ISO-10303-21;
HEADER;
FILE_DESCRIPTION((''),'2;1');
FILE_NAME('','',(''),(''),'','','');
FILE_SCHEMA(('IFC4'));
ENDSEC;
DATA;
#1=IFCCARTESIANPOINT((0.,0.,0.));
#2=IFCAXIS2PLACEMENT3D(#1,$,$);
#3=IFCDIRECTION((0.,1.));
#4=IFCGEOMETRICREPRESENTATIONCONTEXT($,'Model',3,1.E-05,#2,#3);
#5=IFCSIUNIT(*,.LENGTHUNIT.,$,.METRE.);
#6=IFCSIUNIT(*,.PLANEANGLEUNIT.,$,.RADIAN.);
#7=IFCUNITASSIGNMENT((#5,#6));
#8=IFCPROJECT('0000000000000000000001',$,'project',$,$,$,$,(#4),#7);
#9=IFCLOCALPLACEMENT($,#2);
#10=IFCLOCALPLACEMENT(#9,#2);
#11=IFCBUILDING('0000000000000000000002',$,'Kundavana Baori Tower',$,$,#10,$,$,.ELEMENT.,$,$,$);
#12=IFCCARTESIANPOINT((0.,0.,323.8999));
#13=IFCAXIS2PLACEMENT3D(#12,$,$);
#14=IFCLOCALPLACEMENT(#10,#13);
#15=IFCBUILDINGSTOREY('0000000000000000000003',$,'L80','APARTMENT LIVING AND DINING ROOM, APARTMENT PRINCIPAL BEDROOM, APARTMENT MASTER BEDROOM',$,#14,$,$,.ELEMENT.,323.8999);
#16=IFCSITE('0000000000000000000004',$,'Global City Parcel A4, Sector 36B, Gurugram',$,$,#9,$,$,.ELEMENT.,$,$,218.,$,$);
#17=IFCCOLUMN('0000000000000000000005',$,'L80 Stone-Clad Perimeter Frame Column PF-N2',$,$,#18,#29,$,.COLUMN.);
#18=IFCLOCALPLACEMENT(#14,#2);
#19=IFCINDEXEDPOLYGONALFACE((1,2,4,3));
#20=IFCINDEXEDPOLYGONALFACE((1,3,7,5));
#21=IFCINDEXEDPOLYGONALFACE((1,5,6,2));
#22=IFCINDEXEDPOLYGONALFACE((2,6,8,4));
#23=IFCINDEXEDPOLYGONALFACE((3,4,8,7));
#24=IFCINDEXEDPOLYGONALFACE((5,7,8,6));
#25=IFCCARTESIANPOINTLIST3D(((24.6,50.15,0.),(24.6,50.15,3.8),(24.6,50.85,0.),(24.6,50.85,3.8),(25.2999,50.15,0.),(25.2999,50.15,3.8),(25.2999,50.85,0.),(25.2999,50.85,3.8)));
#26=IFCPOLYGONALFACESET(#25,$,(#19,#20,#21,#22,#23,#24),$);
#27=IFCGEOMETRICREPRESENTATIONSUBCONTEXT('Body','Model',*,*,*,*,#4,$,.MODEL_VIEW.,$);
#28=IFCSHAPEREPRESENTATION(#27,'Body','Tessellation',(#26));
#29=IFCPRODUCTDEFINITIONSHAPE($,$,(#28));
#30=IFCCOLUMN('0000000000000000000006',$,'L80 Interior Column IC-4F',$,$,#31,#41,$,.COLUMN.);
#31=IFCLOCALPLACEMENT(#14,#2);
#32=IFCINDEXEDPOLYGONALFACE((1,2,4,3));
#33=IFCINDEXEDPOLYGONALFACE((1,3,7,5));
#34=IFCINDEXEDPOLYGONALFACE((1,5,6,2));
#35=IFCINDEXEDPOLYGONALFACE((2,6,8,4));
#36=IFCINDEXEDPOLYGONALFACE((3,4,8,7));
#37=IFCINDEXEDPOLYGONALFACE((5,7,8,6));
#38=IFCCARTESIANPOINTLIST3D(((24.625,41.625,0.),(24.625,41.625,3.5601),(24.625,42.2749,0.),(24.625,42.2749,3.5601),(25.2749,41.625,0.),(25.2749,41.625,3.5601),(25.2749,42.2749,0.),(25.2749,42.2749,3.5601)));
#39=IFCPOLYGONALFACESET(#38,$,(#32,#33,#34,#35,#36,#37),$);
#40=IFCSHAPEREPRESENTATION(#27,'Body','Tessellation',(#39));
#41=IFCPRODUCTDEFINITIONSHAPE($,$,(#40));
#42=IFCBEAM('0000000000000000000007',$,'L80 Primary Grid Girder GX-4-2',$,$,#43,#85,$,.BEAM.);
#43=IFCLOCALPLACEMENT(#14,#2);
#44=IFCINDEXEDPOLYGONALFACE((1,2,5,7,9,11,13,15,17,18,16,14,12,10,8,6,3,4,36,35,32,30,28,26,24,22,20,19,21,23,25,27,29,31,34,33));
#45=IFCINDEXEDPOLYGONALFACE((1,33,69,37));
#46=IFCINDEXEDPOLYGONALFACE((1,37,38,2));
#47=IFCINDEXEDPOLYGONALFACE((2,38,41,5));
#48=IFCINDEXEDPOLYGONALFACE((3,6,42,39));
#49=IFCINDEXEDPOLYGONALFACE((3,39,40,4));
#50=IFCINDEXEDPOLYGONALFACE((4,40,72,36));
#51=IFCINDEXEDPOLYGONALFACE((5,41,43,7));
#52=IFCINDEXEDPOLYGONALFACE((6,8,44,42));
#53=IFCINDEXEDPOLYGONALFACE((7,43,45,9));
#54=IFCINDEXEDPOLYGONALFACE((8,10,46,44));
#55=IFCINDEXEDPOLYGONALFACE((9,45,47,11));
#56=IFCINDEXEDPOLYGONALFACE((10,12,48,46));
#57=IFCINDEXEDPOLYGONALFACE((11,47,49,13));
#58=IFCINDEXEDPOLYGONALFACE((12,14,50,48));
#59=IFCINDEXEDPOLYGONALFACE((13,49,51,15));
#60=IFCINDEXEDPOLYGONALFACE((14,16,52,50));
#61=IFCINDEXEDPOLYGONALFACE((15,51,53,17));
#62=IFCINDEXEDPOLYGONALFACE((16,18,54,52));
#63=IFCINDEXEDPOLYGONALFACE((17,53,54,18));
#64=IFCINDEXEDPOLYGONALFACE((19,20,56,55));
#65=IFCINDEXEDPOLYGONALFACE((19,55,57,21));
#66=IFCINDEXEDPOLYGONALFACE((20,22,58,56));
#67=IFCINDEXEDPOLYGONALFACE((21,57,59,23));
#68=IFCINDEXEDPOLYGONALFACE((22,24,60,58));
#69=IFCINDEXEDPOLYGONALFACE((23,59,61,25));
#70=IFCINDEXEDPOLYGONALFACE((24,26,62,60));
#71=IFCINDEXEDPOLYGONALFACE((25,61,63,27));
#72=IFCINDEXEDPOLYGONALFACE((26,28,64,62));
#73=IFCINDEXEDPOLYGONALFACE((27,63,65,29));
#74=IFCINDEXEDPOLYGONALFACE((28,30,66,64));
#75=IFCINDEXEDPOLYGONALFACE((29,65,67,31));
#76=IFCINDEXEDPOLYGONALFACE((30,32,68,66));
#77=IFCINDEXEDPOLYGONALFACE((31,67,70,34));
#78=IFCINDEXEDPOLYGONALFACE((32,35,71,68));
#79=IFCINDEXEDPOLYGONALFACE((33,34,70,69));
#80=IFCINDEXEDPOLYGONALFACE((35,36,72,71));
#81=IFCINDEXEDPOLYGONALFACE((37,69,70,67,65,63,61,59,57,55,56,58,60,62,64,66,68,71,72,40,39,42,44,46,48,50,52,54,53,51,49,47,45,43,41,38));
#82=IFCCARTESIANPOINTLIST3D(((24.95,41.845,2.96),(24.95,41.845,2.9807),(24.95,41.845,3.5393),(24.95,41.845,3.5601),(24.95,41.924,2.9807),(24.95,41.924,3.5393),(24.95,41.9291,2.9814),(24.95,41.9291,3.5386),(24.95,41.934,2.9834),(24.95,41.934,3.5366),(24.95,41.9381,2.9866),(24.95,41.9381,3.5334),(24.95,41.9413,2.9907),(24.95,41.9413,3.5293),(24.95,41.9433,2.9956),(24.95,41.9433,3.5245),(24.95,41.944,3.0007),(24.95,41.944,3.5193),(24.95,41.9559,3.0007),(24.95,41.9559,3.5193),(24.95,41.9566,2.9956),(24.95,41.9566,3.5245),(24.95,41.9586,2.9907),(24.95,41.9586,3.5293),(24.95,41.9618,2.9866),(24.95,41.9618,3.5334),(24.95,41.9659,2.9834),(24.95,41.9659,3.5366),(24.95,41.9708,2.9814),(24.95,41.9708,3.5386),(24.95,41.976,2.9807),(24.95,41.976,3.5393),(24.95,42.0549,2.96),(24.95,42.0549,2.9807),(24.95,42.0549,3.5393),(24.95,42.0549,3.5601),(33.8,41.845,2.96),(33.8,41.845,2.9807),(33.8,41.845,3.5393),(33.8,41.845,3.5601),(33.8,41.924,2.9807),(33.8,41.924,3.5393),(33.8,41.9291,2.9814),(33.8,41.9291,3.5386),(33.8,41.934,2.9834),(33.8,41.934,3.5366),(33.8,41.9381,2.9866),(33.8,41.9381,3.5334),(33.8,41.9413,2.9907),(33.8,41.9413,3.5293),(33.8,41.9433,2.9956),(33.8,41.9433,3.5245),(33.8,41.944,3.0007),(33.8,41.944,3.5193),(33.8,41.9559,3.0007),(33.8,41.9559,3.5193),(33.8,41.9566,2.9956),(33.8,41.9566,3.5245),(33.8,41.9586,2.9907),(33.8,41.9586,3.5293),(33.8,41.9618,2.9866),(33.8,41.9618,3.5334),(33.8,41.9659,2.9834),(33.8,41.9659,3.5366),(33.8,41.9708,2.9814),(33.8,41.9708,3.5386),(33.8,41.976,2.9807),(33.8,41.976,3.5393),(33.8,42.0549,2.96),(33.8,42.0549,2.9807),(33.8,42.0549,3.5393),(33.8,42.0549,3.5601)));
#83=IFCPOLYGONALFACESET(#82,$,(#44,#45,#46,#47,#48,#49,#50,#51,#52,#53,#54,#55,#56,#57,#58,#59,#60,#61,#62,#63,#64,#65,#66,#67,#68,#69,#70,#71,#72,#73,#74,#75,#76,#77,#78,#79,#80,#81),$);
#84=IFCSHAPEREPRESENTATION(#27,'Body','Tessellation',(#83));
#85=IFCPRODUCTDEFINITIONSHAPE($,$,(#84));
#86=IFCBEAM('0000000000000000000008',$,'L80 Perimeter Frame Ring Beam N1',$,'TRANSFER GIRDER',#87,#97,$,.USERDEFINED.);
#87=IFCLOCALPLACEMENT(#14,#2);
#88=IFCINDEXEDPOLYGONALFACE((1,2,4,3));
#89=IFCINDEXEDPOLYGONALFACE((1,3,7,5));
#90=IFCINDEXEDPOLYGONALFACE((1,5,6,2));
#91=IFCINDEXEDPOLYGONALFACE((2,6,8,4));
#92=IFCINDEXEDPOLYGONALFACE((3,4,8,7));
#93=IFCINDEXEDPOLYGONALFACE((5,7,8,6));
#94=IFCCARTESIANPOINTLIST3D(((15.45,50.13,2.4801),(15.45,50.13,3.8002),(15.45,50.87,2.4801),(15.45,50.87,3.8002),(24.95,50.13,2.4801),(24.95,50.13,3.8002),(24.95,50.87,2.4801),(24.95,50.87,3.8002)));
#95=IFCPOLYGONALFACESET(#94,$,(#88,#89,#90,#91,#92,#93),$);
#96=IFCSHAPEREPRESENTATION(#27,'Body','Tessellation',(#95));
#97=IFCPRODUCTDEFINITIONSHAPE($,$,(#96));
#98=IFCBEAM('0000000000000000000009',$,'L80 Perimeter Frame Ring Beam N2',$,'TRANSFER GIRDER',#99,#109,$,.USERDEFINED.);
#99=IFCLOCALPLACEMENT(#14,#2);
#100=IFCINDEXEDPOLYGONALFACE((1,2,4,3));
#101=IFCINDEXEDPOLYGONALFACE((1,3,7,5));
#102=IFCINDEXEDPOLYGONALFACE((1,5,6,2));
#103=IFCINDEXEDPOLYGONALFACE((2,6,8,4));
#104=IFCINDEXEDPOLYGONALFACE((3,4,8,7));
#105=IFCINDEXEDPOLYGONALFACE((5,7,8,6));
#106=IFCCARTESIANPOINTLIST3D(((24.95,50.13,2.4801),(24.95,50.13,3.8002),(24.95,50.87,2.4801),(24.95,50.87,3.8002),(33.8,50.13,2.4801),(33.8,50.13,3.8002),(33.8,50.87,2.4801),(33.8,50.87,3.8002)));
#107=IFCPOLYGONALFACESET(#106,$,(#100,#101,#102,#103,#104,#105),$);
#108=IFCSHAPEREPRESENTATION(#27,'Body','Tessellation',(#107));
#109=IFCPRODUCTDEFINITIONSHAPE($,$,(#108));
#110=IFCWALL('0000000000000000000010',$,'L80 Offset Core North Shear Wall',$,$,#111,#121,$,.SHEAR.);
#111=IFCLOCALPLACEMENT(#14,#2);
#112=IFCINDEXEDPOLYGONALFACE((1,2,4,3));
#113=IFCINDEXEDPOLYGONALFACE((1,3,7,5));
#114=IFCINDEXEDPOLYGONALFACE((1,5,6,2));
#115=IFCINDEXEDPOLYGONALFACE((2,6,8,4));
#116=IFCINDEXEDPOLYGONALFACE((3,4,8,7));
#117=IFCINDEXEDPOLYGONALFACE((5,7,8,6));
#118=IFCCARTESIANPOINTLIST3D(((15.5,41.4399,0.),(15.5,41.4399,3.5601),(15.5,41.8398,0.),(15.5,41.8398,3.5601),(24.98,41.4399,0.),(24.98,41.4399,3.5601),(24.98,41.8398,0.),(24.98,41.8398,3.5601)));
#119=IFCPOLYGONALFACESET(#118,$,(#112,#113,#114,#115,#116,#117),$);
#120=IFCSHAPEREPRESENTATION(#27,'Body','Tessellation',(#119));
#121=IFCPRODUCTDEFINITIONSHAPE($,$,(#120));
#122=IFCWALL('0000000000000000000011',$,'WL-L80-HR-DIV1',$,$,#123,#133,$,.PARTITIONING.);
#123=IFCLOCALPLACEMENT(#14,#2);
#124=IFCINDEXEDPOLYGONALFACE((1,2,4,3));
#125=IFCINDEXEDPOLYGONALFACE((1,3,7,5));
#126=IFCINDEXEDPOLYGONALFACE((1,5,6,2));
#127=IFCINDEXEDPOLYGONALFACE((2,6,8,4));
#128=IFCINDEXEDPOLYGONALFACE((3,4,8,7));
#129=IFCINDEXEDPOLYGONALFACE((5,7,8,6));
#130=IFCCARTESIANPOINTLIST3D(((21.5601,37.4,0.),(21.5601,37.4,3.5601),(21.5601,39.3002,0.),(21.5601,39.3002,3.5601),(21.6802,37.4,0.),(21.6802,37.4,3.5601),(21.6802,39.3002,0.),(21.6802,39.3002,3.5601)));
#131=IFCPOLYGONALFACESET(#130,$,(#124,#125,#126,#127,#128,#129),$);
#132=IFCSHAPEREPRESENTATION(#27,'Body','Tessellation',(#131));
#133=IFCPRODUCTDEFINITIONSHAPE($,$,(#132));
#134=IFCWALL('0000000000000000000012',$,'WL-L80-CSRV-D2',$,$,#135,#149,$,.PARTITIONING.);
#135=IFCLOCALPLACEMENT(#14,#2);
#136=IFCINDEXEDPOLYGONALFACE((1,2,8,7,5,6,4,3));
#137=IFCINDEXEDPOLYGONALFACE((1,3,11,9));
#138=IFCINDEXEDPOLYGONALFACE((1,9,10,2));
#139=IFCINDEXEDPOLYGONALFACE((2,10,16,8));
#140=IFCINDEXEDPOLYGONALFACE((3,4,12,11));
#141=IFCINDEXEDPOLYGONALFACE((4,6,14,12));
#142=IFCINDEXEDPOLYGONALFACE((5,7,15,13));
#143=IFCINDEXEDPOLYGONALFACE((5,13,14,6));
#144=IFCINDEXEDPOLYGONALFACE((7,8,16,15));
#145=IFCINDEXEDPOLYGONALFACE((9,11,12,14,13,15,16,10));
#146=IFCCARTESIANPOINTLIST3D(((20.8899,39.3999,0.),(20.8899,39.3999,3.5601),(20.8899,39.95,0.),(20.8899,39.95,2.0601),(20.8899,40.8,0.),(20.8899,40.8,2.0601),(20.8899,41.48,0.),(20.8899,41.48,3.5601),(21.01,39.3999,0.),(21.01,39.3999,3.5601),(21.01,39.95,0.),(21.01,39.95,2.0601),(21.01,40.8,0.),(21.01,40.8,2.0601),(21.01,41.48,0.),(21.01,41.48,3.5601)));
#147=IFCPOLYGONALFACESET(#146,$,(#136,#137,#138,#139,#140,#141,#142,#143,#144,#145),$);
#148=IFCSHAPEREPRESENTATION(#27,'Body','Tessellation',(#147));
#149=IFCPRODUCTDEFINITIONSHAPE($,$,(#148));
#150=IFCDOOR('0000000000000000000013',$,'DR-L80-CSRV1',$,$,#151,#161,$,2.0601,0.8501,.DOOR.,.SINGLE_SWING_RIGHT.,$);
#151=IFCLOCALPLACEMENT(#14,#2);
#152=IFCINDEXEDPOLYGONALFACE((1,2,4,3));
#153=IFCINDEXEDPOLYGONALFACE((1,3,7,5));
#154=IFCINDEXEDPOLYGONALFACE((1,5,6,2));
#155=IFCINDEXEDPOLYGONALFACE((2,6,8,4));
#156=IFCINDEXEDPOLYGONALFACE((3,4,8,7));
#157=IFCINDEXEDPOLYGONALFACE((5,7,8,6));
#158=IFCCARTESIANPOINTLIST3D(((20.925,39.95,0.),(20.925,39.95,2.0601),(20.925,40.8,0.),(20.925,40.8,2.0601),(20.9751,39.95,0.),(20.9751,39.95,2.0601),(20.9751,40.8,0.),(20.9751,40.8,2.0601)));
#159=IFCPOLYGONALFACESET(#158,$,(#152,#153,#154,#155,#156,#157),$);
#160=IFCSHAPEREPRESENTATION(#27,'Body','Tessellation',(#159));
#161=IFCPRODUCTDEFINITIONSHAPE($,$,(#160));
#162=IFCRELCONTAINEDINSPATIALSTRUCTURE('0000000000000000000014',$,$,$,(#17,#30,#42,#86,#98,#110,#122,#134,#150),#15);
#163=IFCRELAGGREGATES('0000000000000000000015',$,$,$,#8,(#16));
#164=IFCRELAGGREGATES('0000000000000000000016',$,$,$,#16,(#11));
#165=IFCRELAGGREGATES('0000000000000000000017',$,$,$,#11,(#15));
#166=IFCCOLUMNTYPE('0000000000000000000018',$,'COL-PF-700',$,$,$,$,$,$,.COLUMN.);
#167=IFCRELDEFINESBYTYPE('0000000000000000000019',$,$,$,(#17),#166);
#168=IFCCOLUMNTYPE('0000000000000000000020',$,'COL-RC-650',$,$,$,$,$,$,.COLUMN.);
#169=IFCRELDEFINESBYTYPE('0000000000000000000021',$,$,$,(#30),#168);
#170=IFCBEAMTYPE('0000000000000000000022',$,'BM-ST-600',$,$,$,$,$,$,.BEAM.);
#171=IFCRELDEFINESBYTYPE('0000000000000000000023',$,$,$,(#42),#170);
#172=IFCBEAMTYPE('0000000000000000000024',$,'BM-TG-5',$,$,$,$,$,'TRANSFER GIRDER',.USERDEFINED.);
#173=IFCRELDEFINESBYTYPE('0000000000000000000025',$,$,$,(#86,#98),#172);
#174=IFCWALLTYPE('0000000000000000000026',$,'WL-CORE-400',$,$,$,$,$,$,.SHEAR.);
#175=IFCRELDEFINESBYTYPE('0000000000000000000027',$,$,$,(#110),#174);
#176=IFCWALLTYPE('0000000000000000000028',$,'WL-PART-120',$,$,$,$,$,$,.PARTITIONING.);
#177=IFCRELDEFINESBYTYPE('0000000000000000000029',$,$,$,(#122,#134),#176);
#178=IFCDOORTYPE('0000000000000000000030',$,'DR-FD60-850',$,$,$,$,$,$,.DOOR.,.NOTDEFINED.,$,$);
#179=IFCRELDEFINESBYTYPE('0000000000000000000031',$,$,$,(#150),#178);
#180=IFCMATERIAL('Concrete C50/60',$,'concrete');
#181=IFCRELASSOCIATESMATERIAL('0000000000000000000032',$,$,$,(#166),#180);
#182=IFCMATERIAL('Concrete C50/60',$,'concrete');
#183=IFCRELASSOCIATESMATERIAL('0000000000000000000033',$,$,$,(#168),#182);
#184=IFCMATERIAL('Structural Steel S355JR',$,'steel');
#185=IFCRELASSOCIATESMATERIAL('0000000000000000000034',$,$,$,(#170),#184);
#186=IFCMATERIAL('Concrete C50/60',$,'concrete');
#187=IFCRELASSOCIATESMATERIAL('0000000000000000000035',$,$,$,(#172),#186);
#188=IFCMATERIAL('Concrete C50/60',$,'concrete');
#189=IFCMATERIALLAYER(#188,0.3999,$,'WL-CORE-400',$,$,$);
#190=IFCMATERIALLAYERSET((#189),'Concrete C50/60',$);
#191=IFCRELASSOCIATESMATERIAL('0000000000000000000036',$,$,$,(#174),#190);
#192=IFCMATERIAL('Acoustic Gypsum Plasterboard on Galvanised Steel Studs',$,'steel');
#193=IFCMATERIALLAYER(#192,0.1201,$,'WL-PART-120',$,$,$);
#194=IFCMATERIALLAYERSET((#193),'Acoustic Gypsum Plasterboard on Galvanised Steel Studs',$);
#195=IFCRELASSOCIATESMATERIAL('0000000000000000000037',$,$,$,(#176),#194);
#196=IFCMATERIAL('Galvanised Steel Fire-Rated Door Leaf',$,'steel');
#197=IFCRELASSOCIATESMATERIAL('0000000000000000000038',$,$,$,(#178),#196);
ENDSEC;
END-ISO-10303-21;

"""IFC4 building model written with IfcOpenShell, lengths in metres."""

from ifc_helpers import new_model, si_unit, direction, frame, frame_2d, origin, origin_2d, place, context, subcontext, project, spatial, rectangle, i_section, extrude, material, layer, layer_set, material_profile, profile_set, type_object, element, fill, save


model = new_model("IFC4")

# Units and contexts
model_context = context("Model", 3, precision=1e-05, world=origin(), true_north=direction((0.0, 1.0)))
body_context = subcontext(model_context, "Body", "Model", "MODEL_VIEW")
ifc_project = project(units=[si_unit("LENGTHUNIT", "METRE"), si_unit("PLANEANGLEUNIT", "RADIAN")], contexts=[model_context])

# Site, building, storey
site_placement = place(None, origin())
site = spatial("IfcSite", under=ifc_project, at=site_placement, Name="Global City Parcel A4, Sector 36B, Gurugram", CompositionType="ELEMENT", RefElevation=218.0)
building_placement = place(site_placement, origin())
building = spatial("IfcBuilding", under=site, at=building_placement, Name="Kundavana Baori Tower", CompositionType="ELEMENT")
storey_placement = place(building_placement, frame((0.0, 0.0, 323.8999)))
storey = spatial("IfcBuildingStorey", under=building, at=storey_placement, Name="L80", Description="APARTMENT LIVING AND DINING ROOM, APARTMENT PRINCIPAL BEDROOM, APARTMENT MASTER BEDROOM", CompositionType="ELEMENT", Elevation=323.8999)

# Columns
ifc_material_1 = material(Name="Concrete C50/60", Category="concrete")
ifc_material_profile_1 = material_profile(ifc_material_1, rectangle(XDim=0.7, YDim=0.7, at=origin_2d()), Name="RC PF 700x700")
ifc_profile_set_1 = profile_set([ifc_material_profile_1], Name="Concrete C50/60")
column_type_1 = type_object("IfcColumnType", Name="COL-PF-700", PredefinedType="COLUMN", material=ifc_profile_set_1)
column_1_placement = place(storey_placement, frame((24.95, 50.5, 0.0), z_axis=(0.0, 0.0, 1.0), x_axis=(1.0, 0.0, 0.0)))
element("IfcColumn", 1, at=column_1_placement, inside=storey, type_object=column_type_1, Name="L80 Stone-Clad Perimeter Frame Column PF-N2", PredefinedType="COLUMN", context=body_context, shape_type="SweptSolid", body=[
    extrude(rectangle(XDim=0.7, YDim=0.7, at=origin_2d()), origin(), (0.0, 0.0, 1.0), 3.8),
])
ifc_material_2 = material(Name="Concrete C50/60", Category="concrete")
ifc_material_profile_2 = material_profile(ifc_material_2, rectangle(XDim=0.6499, YDim=0.6499, at=origin_2d()), Name="RC 650x650")
ifc_profile_set_2 = profile_set([ifc_material_profile_2], Name="Concrete C50/60")
column_type_2 = type_object("IfcColumnType", Name="COL-RC-650", PredefinedType="COLUMN", material=ifc_profile_set_2)
column_2_placement = place(storey_placement, frame((24.95, 41.95, 0.0), z_axis=(0.0, 0.0, 1.0), x_axis=(1.0, 0.0, 0.0)))
element("IfcColumn", 2, at=column_2_placement, inside=storey, type_object=column_type_2, Name="L80 Interior Column IC-4F", PredefinedType="COLUMN", context=body_context, shape_type="SweptSolid", body=[
    extrude(rectangle(XDim=0.6499, YDim=0.6499, at=origin_2d()), origin(), (0.0, 0.0, 1.0), 3.5601),
])

# Beams
ifc_material_3 = material(Name="Structural Steel S355JR", Category="steel")
ifc_material_profile_3 = material_profile(ifc_material_3, i_section(OverallWidth=0.21, OverallDepth=0.6001, WebThickness=0.012, FlangeThickness=0.0208, FilletRadius=0.02, at=origin_2d()), Name="ISMB 600")
ifc_profile_set_3 = profile_set([ifc_material_profile_3], Name="Structural Steel S355JR")
beam_type_1 = type_object("IfcBeamType", Name="BM-ST-600", PredefinedType="BEAM", material=ifc_profile_set_3)
beam_1_placement = place(storey_placement, frame((24.95, 41.95, 3.26), z_axis=(1.0, 0.0, 0.0), x_axis=(0.0, 1.0, 0.0)))
element("IfcBeam", 3, at=beam_1_placement, inside=storey, type_object=beam_type_1, Name="L80 Primary Grid Girder GX-4-2", PredefinedType="BEAM", context=body_context, shape_type="SweptSolid", body=[
    extrude(i_section(OverallWidth=0.21, OverallDepth=0.6001, WebThickness=0.012, FlangeThickness=0.0208, FilletRadius=0.02, at=origin_2d()), origin(), (0.0, 0.0, 1.0), 8.8501),
])
ifc_material_4 = material(Name="Concrete C50/60", Category="concrete")
ifc_material_profile_4 = material_profile(ifc_material_4, rectangle(XDim=0.74, YDim=1.3201, at=origin_2d()), Name="BM-TG-5")
ifc_profile_set_4 = profile_set([ifc_material_profile_4], Name="Concrete C50/60")
beam_type_2 = type_object("IfcBeamType", Name="BM-TG-5", ElementType="TRANSFER GIRDER", PredefinedType="USERDEFINED", material=ifc_profile_set_4)
beam_2_placement = place(storey_placement, frame((15.45, 50.5, 3.1401), z_axis=(1.0, 0.0, 0.0), x_axis=(0.0, 1.0, 0.0)))
element("IfcBeam", 4, at=beam_2_placement, inside=storey, type_object=beam_type_2, Name="L80 Perimeter Frame Ring Beam N1", ObjectType="TRANSFER GIRDER", PredefinedType="USERDEFINED", context=body_context, shape_type="SweptSolid", body=[
    extrude(rectangle(XDim=0.74, YDim=1.3201, at=origin_2d()), origin(), (0.0, 0.0, 1.0), 9.5),
])
beam_3_placement = place(storey_placement, frame((24.95, 50.5, 3.1401), z_axis=(1.0, 0.0, 0.0), x_axis=(0.0, 1.0, 0.0)))
element("IfcBeam", 5, at=beam_3_placement, inside=storey, type_object=beam_type_2, Name="L80 Perimeter Frame Ring Beam N2", ObjectType="TRANSFER GIRDER", PredefinedType="USERDEFINED", context=body_context, shape_type="SweptSolid", body=[
    extrude(rectangle(XDim=0.74, YDim=1.3201, at=origin_2d()), origin(), (0.0, 0.0, 1.0), 8.8501),
])

# Walls
ifc_material_5 = material(Name="Concrete C50/60", Category="concrete")
ifc_layer_1 = layer(ifc_material_5, 0.3999, Name="WL-CORE-400")
ifc_layer_set_1 = layer_set([ifc_layer_1], Name="Concrete C50/60")
wall_type_1 = type_object("IfcWallType", Name="WL-CORE-400", PredefinedType="SHEAR", material=ifc_layer_set_1)
wall_1_placement = place(storey_placement, frame((15.5, 41.6399, 0.0), z_axis=(0.0, 0.0, 1.0), x_axis=(1.0, 0.0, 0.0)))
element("IfcWall", 6, at=wall_1_placement, inside=storey, type_object=wall_type_1, Name="L80 Offset Core North Shear Wall", PredefinedType="SHEAR", context=body_context, shape_type="SweptSolid", body=[
    extrude(rectangle(XDim=9.48, YDim=0.3999, at=frame_2d((4.74, 0.0))), origin(), (0.0, 0.0, 1.0), 3.5601),
])
ifc_material_6 = material(Name="Acoustic Gypsum Plasterboard on Galvanised Steel Studs", Category="steel")
ifc_layer_2 = layer(ifc_material_6, 0.1201, Name="WL-PART-120")
ifc_layer_set_2 = layer_set([ifc_layer_2], Name="Acoustic Gypsum Plasterboard on Galvanised Steel Studs")
wall_type_2 = type_object("IfcWallType", Name="WL-PART-120", PredefinedType="PARTITIONING", material=ifc_layer_set_2)
wall_2_placement = place(storey_placement, frame((21.6201, 37.3999, 0.0), z_axis=(0.0, 0.0, 1.0), x_axis=(0.0, 1.0, 0.0)))
element("IfcWall", 7, at=wall_2_placement, inside=storey, type_object=wall_type_2, Name="WL-L80-HR-DIV1", PredefinedType="PARTITIONING", context=body_context, shape_type="SweptSolid", body=[
    extrude(rectangle(XDim=1.9001, YDim=0.1201, at=frame_2d((0.9502, 0.0))), origin(), (0.0, 0.0, 1.0), 3.5601),
])

# Wall, opening, door
wall_3_placement = place(storey_placement, frame((20.95, 39.3999, 0.0), z_axis=(0.0, 0.0, 1.0), x_axis=(0.0, 1.0, 0.0)))
wall_3 = element("IfcWall", 8, at=wall_3_placement, inside=storey, type_object=wall_type_2, Name="WL-L80-CSRV-D2", PredefinedType="PARTITIONING", context=body_context, shape_type="SweptSolid", body=[
    extrude(rectangle(XDim=2.0801, YDim=0.1201, at=frame_2d((1.04, 0.0))), origin(), (0.0, 0.0, 1.0), 3.5601),
])
opening_1_placement = place(wall_3_placement, frame((0.55, 0.0, 0.0)))
opening_1 = element("IfcOpeningElement", 9, at=opening_1_placement, cuts=wall_3, PredefinedType="OPENING", context=body_context, shape_type="SweptSolid", body=[
    extrude(rectangle(XDim=0.8501, YDim=2.0601, at=frame_2d((0.425, 1.03))), frame((0.0, 0.0701, 0.0), z_axis=(0.0, -1.0, 0.0), x_axis=(1.0, 0.0, 0.0)), (0.0, 0.0, 1.0), 0.1401),
])
ifc_material_7 = material(Name="Galvanised Steel Fire-Rated Door Leaf", Category="steel")
door_type_1 = type_object("IfcDoorType", Name="DR-FD60-850", OperationType="NOTDEFINED", PredefinedType="DOOR", material=ifc_material_7)
door_1_placement = place(opening_1_placement, origin())
door_1 = element("IfcDoor", 10, at=door_1_placement, inside=storey, type_object=door_type_1, Name="DR-L80-CSRV1", OperationType="SINGLE_SWING_RIGHT", OverallHeight=2.0601, OverallWidth=0.8501, PredefinedType="DOOR", context=body_context, shape_type="SweptSolid", body=[
    extrude(rectangle(XDim=0.8501, YDim=2.0601, at=frame_2d((0.425, 1.03))), frame((0.0, 0.0249, 0.0), z_axis=(0.0, -1.0, 0.0), x_axis=(1.0, 0.0, 0.0)), (0.0, 0.0, 1.0), 0.05),
])
fill(opening_1, door_1)

save(model, "model.ifc")
